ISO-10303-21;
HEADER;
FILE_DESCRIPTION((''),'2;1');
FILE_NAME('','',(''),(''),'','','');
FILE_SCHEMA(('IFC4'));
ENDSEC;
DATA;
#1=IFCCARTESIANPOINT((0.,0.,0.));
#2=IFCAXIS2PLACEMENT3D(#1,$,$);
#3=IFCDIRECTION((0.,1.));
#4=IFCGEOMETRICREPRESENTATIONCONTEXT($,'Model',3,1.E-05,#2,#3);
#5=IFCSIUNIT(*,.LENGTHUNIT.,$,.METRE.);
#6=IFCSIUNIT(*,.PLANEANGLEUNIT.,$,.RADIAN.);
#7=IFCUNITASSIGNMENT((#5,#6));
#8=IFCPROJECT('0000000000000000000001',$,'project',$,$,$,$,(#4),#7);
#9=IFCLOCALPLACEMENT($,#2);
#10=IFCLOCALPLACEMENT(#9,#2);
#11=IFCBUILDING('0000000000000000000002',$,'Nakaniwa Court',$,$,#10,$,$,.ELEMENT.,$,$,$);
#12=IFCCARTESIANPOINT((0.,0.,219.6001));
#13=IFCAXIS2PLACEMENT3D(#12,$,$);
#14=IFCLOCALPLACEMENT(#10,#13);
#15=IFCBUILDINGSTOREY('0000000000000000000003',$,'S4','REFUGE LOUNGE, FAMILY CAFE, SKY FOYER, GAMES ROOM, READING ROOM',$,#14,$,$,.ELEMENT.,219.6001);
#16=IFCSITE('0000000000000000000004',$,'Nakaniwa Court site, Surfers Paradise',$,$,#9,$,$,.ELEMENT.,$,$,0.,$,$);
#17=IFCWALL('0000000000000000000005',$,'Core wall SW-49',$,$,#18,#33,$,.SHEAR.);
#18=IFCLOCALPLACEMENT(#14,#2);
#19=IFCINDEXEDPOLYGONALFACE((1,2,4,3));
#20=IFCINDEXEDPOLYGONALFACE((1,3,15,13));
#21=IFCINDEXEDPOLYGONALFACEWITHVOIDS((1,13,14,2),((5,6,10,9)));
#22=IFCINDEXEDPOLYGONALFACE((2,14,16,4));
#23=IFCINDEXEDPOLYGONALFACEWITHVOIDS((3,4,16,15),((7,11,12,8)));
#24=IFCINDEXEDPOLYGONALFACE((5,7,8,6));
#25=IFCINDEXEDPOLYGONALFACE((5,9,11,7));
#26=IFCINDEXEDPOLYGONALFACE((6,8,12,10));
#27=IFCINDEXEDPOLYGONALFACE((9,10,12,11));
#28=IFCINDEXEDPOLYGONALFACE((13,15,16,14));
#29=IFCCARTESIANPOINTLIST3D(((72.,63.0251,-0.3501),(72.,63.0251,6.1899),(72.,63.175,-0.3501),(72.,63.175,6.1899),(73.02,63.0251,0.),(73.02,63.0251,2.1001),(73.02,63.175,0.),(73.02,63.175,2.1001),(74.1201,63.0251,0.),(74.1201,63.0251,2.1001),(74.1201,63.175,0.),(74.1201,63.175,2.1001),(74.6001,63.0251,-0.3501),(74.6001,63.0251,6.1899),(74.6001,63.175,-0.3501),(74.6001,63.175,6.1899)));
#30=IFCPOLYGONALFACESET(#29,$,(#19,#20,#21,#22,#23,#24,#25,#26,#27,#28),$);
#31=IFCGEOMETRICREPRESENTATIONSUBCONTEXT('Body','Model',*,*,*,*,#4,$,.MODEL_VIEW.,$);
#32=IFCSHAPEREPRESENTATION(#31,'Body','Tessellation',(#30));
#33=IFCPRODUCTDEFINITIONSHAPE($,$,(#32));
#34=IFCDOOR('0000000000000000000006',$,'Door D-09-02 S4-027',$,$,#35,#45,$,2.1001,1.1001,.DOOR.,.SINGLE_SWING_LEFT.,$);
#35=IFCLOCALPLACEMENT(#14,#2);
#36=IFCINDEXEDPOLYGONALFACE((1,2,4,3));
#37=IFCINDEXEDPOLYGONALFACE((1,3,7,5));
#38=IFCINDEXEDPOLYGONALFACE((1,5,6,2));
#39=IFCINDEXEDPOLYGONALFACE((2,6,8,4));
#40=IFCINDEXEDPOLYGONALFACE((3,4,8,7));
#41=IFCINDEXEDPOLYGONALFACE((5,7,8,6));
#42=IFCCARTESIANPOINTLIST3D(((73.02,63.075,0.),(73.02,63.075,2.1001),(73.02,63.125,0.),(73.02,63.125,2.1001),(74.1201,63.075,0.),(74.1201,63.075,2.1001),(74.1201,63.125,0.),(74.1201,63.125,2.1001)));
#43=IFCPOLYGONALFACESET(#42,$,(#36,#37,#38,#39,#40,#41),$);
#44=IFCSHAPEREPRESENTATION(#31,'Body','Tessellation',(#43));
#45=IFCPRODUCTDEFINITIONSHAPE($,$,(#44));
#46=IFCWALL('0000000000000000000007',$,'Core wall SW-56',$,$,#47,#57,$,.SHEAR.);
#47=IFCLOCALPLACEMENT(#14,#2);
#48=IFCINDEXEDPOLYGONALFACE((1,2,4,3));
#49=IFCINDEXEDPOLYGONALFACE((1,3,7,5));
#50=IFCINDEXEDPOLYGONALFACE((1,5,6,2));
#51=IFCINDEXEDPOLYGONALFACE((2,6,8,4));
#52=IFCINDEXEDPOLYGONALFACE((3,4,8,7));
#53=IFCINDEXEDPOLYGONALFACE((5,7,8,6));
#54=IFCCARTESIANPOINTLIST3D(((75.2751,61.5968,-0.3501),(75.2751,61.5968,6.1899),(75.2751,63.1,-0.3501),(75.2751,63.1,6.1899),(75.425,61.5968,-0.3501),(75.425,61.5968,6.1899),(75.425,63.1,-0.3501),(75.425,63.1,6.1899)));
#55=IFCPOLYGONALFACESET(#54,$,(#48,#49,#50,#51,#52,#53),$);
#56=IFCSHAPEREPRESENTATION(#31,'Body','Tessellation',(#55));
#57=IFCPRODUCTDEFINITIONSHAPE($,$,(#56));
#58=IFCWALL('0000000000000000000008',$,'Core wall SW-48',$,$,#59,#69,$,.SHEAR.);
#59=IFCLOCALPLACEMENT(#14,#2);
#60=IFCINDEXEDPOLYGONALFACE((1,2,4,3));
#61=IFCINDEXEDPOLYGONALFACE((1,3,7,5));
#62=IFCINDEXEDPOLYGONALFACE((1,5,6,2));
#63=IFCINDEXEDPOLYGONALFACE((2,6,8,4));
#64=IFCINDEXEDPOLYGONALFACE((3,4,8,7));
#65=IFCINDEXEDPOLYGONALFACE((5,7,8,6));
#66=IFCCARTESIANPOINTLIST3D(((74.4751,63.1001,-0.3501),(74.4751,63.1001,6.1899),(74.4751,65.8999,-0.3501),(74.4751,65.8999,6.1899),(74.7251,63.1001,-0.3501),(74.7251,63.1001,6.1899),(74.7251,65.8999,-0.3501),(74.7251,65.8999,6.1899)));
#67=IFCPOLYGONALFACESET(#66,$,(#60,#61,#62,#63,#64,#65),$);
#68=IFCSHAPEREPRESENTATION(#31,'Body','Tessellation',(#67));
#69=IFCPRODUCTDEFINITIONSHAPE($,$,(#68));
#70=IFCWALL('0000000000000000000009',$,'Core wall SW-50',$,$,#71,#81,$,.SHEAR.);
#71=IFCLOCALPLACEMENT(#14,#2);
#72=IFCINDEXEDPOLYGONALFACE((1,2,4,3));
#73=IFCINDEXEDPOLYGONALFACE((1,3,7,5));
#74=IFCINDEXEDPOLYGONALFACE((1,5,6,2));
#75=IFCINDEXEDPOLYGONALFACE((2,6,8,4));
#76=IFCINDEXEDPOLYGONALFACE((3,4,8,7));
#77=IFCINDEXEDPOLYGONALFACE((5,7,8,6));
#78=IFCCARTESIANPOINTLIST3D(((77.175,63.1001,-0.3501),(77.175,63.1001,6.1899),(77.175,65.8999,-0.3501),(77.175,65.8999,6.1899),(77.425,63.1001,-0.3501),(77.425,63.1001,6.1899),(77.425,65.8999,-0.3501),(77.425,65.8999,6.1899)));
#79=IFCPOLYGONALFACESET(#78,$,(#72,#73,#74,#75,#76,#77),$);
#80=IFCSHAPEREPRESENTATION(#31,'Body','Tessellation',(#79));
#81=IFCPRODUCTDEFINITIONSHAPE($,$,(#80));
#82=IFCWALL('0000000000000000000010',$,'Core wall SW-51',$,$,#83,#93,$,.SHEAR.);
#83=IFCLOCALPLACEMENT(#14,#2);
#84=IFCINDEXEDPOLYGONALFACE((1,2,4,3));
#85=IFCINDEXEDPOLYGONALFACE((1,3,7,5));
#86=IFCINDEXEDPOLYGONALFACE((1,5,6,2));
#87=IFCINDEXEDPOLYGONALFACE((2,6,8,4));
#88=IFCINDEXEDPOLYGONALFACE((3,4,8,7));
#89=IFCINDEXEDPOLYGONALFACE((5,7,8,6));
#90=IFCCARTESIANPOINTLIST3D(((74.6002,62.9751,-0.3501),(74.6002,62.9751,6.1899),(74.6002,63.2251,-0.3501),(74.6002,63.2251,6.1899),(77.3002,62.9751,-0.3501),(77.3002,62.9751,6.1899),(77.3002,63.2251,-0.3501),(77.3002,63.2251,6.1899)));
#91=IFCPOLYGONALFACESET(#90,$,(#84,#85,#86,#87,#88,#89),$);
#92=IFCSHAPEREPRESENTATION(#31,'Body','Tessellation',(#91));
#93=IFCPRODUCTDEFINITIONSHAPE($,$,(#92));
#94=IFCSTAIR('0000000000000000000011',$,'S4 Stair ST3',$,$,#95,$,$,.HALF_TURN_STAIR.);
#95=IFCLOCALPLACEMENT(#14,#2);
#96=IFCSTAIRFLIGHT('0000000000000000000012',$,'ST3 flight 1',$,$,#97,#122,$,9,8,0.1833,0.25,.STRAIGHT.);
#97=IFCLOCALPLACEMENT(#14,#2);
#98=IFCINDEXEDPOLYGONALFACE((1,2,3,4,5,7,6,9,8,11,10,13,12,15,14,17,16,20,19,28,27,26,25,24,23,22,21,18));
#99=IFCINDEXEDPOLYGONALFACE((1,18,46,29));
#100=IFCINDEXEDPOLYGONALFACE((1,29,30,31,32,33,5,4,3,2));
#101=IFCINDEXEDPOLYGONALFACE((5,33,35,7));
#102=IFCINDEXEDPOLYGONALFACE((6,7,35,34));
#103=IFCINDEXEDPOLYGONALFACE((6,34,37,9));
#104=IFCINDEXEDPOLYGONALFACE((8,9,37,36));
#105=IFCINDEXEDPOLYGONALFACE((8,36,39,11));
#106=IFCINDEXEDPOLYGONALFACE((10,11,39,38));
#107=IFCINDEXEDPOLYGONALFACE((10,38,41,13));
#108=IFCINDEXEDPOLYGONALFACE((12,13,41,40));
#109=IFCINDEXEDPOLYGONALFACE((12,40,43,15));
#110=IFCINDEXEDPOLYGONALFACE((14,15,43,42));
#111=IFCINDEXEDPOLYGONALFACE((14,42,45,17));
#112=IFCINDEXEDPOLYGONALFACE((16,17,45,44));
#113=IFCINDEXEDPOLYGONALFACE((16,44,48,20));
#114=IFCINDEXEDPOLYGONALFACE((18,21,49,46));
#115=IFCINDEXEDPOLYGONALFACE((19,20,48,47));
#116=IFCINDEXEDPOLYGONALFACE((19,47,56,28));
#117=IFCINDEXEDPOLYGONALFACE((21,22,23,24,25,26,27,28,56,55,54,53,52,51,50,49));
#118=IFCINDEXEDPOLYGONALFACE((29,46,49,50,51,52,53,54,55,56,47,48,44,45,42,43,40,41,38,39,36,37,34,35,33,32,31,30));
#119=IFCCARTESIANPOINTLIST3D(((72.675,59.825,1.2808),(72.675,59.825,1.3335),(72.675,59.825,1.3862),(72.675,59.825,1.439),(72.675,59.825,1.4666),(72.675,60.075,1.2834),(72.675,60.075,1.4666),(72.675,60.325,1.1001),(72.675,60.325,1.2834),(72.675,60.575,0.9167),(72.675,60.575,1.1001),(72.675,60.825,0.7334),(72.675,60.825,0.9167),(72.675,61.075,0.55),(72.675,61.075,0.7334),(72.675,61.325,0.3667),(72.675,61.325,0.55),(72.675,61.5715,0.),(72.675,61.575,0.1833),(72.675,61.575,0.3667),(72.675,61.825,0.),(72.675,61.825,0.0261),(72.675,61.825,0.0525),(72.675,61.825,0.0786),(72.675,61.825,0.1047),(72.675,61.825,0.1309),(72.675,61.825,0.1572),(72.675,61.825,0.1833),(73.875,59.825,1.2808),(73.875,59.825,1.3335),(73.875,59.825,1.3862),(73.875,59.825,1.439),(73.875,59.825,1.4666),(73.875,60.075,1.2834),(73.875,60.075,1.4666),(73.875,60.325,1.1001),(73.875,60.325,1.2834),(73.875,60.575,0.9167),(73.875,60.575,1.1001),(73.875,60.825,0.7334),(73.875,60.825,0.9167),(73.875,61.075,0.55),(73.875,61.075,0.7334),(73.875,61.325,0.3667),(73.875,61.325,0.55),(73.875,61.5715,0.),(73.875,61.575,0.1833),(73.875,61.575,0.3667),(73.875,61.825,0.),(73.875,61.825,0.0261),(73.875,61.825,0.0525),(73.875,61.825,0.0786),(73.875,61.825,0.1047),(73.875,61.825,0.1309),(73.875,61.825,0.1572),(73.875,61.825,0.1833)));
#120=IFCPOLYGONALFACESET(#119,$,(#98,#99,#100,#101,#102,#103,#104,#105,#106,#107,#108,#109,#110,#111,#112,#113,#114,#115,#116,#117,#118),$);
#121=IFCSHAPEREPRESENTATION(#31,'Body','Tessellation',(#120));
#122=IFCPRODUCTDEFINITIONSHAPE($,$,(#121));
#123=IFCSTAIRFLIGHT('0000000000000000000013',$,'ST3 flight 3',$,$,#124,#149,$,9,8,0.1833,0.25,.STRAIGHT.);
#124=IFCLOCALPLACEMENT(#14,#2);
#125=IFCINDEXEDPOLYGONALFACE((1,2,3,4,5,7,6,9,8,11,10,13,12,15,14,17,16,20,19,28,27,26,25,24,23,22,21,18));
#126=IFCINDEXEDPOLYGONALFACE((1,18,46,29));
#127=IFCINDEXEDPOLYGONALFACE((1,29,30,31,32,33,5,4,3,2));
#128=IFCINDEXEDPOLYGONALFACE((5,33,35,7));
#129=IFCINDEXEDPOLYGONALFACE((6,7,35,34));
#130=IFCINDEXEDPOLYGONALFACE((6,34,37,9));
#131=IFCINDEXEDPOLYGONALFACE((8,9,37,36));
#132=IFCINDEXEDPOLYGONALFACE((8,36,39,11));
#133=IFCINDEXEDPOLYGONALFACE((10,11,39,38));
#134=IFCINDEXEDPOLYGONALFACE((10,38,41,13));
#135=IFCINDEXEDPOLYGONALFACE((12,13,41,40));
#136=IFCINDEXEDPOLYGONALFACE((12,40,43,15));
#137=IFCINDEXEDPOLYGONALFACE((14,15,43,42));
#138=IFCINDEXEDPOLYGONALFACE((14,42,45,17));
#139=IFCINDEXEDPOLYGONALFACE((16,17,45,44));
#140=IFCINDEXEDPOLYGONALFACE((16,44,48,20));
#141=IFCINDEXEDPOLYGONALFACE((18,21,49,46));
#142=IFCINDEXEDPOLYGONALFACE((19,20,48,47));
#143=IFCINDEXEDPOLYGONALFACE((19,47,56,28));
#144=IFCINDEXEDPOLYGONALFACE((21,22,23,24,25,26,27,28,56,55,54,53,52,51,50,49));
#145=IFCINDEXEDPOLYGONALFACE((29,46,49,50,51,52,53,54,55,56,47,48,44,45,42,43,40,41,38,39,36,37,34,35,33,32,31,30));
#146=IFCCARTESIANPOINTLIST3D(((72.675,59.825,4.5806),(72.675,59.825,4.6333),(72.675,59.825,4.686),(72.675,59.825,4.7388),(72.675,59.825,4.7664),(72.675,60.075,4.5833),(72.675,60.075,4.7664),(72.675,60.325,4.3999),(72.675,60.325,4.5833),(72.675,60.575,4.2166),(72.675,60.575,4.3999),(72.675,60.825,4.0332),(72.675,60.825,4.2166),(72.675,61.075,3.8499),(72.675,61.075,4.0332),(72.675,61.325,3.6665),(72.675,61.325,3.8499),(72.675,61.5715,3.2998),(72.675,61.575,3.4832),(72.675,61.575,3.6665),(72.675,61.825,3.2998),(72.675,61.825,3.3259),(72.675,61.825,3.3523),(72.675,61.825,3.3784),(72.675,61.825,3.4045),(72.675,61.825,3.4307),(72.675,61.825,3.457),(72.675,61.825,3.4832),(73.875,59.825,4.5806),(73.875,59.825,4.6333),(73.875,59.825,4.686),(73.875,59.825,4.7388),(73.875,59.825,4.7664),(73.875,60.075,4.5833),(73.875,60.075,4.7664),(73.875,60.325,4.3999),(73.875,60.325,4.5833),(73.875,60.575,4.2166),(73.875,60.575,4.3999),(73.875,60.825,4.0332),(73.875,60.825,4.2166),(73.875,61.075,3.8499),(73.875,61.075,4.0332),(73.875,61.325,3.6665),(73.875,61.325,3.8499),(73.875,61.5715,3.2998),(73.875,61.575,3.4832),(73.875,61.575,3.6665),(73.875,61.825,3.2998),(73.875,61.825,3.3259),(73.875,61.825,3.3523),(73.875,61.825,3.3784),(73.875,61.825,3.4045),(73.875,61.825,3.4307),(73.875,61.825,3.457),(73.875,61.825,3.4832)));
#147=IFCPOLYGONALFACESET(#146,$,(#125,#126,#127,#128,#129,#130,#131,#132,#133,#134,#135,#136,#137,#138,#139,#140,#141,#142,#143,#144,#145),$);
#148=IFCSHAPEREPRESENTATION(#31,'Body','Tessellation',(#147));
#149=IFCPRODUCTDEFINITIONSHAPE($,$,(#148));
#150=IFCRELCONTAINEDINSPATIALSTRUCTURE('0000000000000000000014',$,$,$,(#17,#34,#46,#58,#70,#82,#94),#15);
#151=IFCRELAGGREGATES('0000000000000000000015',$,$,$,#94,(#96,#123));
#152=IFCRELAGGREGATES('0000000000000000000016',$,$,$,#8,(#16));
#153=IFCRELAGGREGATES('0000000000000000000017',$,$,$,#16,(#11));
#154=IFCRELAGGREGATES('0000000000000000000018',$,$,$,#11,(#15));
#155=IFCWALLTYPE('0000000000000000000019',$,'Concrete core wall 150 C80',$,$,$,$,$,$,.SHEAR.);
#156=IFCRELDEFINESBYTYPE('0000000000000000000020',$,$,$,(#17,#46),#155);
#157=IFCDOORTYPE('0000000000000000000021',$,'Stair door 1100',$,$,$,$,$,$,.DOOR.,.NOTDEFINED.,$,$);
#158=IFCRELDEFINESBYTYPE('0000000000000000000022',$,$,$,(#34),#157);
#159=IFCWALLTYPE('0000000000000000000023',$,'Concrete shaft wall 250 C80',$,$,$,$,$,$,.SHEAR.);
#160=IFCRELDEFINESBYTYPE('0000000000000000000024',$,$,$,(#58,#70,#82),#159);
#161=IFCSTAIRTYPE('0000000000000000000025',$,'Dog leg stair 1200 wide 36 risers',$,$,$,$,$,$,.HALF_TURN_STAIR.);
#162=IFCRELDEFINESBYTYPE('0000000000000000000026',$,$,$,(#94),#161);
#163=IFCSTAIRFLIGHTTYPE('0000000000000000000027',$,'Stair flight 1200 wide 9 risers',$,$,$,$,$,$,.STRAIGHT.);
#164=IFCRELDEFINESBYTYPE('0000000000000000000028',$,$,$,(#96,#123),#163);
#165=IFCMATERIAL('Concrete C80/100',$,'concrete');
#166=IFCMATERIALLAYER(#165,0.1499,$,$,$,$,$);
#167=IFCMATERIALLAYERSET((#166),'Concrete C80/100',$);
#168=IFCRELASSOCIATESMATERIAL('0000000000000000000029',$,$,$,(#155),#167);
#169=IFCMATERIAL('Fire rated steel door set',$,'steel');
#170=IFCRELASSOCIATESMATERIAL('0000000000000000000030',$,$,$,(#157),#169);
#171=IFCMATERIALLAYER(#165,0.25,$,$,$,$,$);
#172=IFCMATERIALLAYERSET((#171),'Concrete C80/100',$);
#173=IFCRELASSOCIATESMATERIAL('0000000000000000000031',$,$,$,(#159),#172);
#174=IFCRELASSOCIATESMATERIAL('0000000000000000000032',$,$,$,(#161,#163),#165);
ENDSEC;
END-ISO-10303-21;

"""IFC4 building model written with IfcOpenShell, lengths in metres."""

from ifc_helpers import new_model, si_unit, direction, frame, frame_2d, origin, place, context, subcontext, project, spatial, polyline, rectangle, outline, extrude, material, layer, layer_set, type_object, element, fill, aggregate, save


model = new_model("IFC4")

# Units and contexts
model_context = context("Model", 3, precision=1e-05, world=origin(), true_north=direction((0.0, 1.0)))
body_context = subcontext(model_context, "Body", "Model", "MODEL_VIEW")
ifc_project = project(units=[si_unit("LENGTHUNIT", "METRE"), si_unit("PLANEANGLEUNIT", "RADIAN")], contexts=[model_context])

# Site, building, storey
site_placement = place(None, origin())
site = spatial("IfcSite", under=ifc_project, at=site_placement, Name="Nakaniwa Court site, Surfers Paradise", CompositionType="ELEMENT", RefElevation=0.0)
building_placement = place(site_placement, origin())
building = spatial("IfcBuilding", under=site, at=building_placement, Name="Nakaniwa Court", CompositionType="ELEMENT")
storey_placement = place(building_placement, frame((0.0, 0.0, 219.6001)))
storey = spatial("IfcBuildingStorey", under=building, at=storey_placement, Name="S4", Description="REFUGE LOUNGE, FAMILY CAFE, SKY FOYER, GAMES ROOM, READING ROOM", CompositionType="ELEMENT", Elevation=219.6001)

# Shared definitions
ifc_material_1 = material(Name="Concrete C80/100", Category="concrete")

# Wall, opening, door
ifc_layer_1 = layer(ifc_material_1, 0.1499)
ifc_layer_set_1 = layer_set([ifc_layer_1], Name="Concrete C80/100")
wall_type_1 = type_object("IfcWallType", Name="Concrete core wall 150 C80", PredefinedType="SHEAR", material=ifc_layer_set_1)
wall_1_placement = place(storey_placement, frame((72.0, 63.1001, -0.3501), z_axis=(0.0, 0.0, 1.0), x_axis=(1.0, 0.0, 0.0)))
wall_1 = element("IfcWall", 1, at=wall_1_placement, inside=storey, type_object=wall_type_1, Name="Core wall SW-49", PredefinedType="SHEAR", context=body_context, shape_type="SweptSolid", body=[
    extrude(rectangle(XDim=2.6001, YDim=0.1499, at=frame_2d((1.3, 0.0))), origin(), (0.0, 0.0, 1.0), 6.54),
])
opening_1_placement = place(wall_1_placement, frame((1.02, 0.0, 0.3501)))
opening_1 = element("IfcOpeningElement", 2, at=opening_1_placement, cuts=wall_1, PredefinedType="OPENING", context=body_context, shape_type="SweptSolid", body=[
    extrude(rectangle(XDim=1.1001, YDim=2.1001, at=frame_2d((0.55, 1.05))), frame((0.0, 0.085, 0.0), z_axis=(0.0, -1.0, 0.0), x_axis=(1.0, 0.0, 0.0)), (0.0, 0.0, 1.0), 0.1699),
])
ifc_material_2 = material(Name="Fire rated steel door set", Category="steel")
door_type_1 = type_object("IfcDoorType", Name="Stair door 1100", OperationType="NOTDEFINED", PredefinedType="DOOR", material=ifc_material_2)
door_1_placement = place(opening_1_placement, origin())
door_1 = element("IfcDoor", 3, at=door_1_placement, inside=storey, type_object=door_type_1, Name="Door D-09-02 S4-027", OperationType="SINGLE_SWING_LEFT", OverallHeight=2.1001, OverallWidth=1.1001, PredefinedType="DOOR", context=body_context, shape_type="SweptSolid", body=[
    extrude(rectangle(XDim=1.1001, YDim=2.1001, at=frame_2d((0.55, 1.05))), frame((0.0, 0.0249, 0.0), z_axis=(0.0, -1.0, 0.0), x_axis=(1.0, 0.0, 0.0)), (0.0, 0.0, 1.0), 0.05),
])
fill(opening_1, door_1)

# Walls
wall_2_placement = place(storey_placement, frame((75.3501, 61.5969, -0.3501), z_axis=(0.0, 0.0, 1.0), x_axis=(0.0, 1.0, 0.0)))
element("IfcWall", 4, at=wall_2_placement, inside=storey, type_object=wall_type_1, Name="Core wall SW-56", PredefinedType="SHEAR", context=body_context, shape_type="SweptSolid", body=[
    extrude(rectangle(XDim=1.5032, YDim=0.1499, at=frame_2d((0.7515, 0.0))), origin(), (0.0, 0.0, 1.0), 6.54),
])
ifc_layer_2 = layer(ifc_material_1, 0.25)
ifc_layer_set_2 = layer_set([ifc_layer_2], Name="Concrete C80/100")
wall_type_2 = type_object("IfcWallType", Name="Concrete shaft wall 250 C80", PredefinedType="SHEAR", material=ifc_layer_set_2)
for number, where, z_axis, x_axis, name in (
    (5, (74.6001, 63.1001, -0.3501), (0.0, 0.0, 1.0), (0.0, 1.0, 0.0), "Core wall SW-48"),
    (6, (77.3, 63.1001, -0.3501), (0.0, 0.0, 1.0), (0.0, 1.0, 0.0), "Core wall SW-50"),
):
    element("IfcWall", number, at=place(storey_placement, frame(where, z_axis=z_axis, x_axis=x_axis)), inside=storey, type_object=wall_type_2, Name=name, PredefinedType="SHEAR", context=body_context, shape_type="SweptSolid", body=[
        extrude(rectangle(XDim=2.7998, YDim=0.25, at=frame_2d((1.3999, 0.0))), origin(), (0.0, 0.0, 1.0), 6.54),
    ])
wall_3_placement = place(storey_placement, frame((74.6001, 63.1001, -0.3501), z_axis=(0.0, 0.0, 1.0), x_axis=(1.0, 0.0, 0.0)))
element("IfcWall", 7, at=wall_3_placement, inside=storey, type_object=wall_type_2, Name="Core wall SW-51", PredefinedType="SHEAR", context=body_context, shape_type="SweptSolid", body=[
    extrude(rectangle(XDim=2.7, YDim=0.25, at=frame_2d((1.3501, 0.0))), origin(), (0.0, 0.0, 1.0), 6.54),
])

# Stair, stair flights
stair_type = type_object("IfcStairType", Name="Dog leg stair 1200 wide 36 risers", PredefinedType="HALF_TURN_STAIR", material=ifc_material_1)
stair_placement = place(storey_placement, origin())
stair = element("IfcStair", 8, at=stair_placement, inside=storey, type_object=stair_type, Name="S4 Stair ST3", PredefinedType="HALF_TURN_STAIR")
stair_flight_type = type_object("IfcStairFlightType", Name="Stair flight 1200 wide 9 risers", PredefinedType="STRAIGHT", material=ifc_material_1)
stair_flight_1_placement = place(storey_placement, frame((73.2749, 61.825, 0.0), z_axis=(0.0, 0.0, 1.0), x_axis=(0.0, -1.0, 0.0)))
stair_flight_1 = element("IfcStairFlight", 9, at=stair_flight_1_placement, type_object=stair_flight_type, Name="ST3 flight 1", NumberOfRisers=9, NumberOfTreads=8, PredefinedType="STRAIGHT", RiserHeight=0.1833, TreadLength=0.25, context=body_context, shape_type="SweptSolid", body=[
    extrude(outline(polyline([(0.0, 0.0), (0.0, 0.0261), (0.0, 0.0525), (0.0, 0.0786), (0.0, 0.1047), (0.0, 0.1309), (0.0, 0.1572), (0.0, 0.1833), (0.25, 0.1833), (0.25, 0.3667), (0.5, 0.3667), (0.5, 0.55), (0.75, 0.55), (0.75, 0.7334), (1.0, 0.7334), (1.0, 0.9167), (1.25, 0.9167), (1.25, 1.1001), (1.5, 1.1001), (1.5, 1.2834), (1.75, 1.2834), (1.75, 1.4666), (2.0, 1.4666), (2.0, 1.6499), (2.0, 1.5972), (2.0, 1.5444), (2.0, 1.4917), (2.0, 1.439), (2.0, 1.3862), (2.0, 1.3335), (2.0, 1.2808), (0.2534, 0.0), (0.0, 0.0)])), frame((0.0, 0.6001, 0.0), z_axis=(0.0, -1.0, 0.0), x_axis=(1.0, 0.0, 0.0)), (0.0, 0.0, 1.0), 1.2),
])
stair_flight_2_placement = place(storey_placement, frame((73.2749, 61.825, 3.2998), z_axis=(0.0, 0.0, 1.0), x_axis=(0.0, -1.0, 0.0)))
stair_flight_2 = element("IfcStairFlight", 10, at=stair_flight_2_placement, type_object=stair_flight_type, Name="ST3 flight 3", NumberOfRisers=9, NumberOfTreads=8, PredefinedType="STRAIGHT", RiserHeight=0.1833, TreadLength=0.25, context=body_context, shape_type="SweptSolid", body=[
    extrude(outline(polyline([(0.0, 0.0), (0.0, 0.0261), (0.0, 0.0525), (0.0, 0.0786), (0.0, 0.1047), (0.0, 0.1309), (0.0, 0.1572), (0.0, 0.1833), (0.25, 0.1833), (0.25, 0.3667), (0.5, 0.3667), (0.5, 0.55), (0.75, 0.55), (0.75, 0.7334), (1.0, 0.7334), (1.0, 0.9167), (1.25, 0.9167), (1.25, 1.1001), (1.5, 1.1001), (1.5, 1.2834), (1.75, 1.2834), (1.75, 1.4666), (2.0, 1.4666), (2.0, 1.6499), (2.0, 1.5972), (2.0, 1.5444), (2.0, 1.4917), (2.0, 1.439), (2.0, 1.3862), (2.0, 1.3335), (2.0, 1.2808), (0.2534, 0.0), (0.0, 0.0)])), frame((0.0, 0.6001, 0.0), z_axis=(0.0, -1.0, 0.0), x_axis=(1.0, 0.0, 0.0)), (0.0, 0.0, 1.0), 1.2),
])
aggregate(stair, [stair_flight_1, stair_flight_2])

save(model, "model.ifc")
